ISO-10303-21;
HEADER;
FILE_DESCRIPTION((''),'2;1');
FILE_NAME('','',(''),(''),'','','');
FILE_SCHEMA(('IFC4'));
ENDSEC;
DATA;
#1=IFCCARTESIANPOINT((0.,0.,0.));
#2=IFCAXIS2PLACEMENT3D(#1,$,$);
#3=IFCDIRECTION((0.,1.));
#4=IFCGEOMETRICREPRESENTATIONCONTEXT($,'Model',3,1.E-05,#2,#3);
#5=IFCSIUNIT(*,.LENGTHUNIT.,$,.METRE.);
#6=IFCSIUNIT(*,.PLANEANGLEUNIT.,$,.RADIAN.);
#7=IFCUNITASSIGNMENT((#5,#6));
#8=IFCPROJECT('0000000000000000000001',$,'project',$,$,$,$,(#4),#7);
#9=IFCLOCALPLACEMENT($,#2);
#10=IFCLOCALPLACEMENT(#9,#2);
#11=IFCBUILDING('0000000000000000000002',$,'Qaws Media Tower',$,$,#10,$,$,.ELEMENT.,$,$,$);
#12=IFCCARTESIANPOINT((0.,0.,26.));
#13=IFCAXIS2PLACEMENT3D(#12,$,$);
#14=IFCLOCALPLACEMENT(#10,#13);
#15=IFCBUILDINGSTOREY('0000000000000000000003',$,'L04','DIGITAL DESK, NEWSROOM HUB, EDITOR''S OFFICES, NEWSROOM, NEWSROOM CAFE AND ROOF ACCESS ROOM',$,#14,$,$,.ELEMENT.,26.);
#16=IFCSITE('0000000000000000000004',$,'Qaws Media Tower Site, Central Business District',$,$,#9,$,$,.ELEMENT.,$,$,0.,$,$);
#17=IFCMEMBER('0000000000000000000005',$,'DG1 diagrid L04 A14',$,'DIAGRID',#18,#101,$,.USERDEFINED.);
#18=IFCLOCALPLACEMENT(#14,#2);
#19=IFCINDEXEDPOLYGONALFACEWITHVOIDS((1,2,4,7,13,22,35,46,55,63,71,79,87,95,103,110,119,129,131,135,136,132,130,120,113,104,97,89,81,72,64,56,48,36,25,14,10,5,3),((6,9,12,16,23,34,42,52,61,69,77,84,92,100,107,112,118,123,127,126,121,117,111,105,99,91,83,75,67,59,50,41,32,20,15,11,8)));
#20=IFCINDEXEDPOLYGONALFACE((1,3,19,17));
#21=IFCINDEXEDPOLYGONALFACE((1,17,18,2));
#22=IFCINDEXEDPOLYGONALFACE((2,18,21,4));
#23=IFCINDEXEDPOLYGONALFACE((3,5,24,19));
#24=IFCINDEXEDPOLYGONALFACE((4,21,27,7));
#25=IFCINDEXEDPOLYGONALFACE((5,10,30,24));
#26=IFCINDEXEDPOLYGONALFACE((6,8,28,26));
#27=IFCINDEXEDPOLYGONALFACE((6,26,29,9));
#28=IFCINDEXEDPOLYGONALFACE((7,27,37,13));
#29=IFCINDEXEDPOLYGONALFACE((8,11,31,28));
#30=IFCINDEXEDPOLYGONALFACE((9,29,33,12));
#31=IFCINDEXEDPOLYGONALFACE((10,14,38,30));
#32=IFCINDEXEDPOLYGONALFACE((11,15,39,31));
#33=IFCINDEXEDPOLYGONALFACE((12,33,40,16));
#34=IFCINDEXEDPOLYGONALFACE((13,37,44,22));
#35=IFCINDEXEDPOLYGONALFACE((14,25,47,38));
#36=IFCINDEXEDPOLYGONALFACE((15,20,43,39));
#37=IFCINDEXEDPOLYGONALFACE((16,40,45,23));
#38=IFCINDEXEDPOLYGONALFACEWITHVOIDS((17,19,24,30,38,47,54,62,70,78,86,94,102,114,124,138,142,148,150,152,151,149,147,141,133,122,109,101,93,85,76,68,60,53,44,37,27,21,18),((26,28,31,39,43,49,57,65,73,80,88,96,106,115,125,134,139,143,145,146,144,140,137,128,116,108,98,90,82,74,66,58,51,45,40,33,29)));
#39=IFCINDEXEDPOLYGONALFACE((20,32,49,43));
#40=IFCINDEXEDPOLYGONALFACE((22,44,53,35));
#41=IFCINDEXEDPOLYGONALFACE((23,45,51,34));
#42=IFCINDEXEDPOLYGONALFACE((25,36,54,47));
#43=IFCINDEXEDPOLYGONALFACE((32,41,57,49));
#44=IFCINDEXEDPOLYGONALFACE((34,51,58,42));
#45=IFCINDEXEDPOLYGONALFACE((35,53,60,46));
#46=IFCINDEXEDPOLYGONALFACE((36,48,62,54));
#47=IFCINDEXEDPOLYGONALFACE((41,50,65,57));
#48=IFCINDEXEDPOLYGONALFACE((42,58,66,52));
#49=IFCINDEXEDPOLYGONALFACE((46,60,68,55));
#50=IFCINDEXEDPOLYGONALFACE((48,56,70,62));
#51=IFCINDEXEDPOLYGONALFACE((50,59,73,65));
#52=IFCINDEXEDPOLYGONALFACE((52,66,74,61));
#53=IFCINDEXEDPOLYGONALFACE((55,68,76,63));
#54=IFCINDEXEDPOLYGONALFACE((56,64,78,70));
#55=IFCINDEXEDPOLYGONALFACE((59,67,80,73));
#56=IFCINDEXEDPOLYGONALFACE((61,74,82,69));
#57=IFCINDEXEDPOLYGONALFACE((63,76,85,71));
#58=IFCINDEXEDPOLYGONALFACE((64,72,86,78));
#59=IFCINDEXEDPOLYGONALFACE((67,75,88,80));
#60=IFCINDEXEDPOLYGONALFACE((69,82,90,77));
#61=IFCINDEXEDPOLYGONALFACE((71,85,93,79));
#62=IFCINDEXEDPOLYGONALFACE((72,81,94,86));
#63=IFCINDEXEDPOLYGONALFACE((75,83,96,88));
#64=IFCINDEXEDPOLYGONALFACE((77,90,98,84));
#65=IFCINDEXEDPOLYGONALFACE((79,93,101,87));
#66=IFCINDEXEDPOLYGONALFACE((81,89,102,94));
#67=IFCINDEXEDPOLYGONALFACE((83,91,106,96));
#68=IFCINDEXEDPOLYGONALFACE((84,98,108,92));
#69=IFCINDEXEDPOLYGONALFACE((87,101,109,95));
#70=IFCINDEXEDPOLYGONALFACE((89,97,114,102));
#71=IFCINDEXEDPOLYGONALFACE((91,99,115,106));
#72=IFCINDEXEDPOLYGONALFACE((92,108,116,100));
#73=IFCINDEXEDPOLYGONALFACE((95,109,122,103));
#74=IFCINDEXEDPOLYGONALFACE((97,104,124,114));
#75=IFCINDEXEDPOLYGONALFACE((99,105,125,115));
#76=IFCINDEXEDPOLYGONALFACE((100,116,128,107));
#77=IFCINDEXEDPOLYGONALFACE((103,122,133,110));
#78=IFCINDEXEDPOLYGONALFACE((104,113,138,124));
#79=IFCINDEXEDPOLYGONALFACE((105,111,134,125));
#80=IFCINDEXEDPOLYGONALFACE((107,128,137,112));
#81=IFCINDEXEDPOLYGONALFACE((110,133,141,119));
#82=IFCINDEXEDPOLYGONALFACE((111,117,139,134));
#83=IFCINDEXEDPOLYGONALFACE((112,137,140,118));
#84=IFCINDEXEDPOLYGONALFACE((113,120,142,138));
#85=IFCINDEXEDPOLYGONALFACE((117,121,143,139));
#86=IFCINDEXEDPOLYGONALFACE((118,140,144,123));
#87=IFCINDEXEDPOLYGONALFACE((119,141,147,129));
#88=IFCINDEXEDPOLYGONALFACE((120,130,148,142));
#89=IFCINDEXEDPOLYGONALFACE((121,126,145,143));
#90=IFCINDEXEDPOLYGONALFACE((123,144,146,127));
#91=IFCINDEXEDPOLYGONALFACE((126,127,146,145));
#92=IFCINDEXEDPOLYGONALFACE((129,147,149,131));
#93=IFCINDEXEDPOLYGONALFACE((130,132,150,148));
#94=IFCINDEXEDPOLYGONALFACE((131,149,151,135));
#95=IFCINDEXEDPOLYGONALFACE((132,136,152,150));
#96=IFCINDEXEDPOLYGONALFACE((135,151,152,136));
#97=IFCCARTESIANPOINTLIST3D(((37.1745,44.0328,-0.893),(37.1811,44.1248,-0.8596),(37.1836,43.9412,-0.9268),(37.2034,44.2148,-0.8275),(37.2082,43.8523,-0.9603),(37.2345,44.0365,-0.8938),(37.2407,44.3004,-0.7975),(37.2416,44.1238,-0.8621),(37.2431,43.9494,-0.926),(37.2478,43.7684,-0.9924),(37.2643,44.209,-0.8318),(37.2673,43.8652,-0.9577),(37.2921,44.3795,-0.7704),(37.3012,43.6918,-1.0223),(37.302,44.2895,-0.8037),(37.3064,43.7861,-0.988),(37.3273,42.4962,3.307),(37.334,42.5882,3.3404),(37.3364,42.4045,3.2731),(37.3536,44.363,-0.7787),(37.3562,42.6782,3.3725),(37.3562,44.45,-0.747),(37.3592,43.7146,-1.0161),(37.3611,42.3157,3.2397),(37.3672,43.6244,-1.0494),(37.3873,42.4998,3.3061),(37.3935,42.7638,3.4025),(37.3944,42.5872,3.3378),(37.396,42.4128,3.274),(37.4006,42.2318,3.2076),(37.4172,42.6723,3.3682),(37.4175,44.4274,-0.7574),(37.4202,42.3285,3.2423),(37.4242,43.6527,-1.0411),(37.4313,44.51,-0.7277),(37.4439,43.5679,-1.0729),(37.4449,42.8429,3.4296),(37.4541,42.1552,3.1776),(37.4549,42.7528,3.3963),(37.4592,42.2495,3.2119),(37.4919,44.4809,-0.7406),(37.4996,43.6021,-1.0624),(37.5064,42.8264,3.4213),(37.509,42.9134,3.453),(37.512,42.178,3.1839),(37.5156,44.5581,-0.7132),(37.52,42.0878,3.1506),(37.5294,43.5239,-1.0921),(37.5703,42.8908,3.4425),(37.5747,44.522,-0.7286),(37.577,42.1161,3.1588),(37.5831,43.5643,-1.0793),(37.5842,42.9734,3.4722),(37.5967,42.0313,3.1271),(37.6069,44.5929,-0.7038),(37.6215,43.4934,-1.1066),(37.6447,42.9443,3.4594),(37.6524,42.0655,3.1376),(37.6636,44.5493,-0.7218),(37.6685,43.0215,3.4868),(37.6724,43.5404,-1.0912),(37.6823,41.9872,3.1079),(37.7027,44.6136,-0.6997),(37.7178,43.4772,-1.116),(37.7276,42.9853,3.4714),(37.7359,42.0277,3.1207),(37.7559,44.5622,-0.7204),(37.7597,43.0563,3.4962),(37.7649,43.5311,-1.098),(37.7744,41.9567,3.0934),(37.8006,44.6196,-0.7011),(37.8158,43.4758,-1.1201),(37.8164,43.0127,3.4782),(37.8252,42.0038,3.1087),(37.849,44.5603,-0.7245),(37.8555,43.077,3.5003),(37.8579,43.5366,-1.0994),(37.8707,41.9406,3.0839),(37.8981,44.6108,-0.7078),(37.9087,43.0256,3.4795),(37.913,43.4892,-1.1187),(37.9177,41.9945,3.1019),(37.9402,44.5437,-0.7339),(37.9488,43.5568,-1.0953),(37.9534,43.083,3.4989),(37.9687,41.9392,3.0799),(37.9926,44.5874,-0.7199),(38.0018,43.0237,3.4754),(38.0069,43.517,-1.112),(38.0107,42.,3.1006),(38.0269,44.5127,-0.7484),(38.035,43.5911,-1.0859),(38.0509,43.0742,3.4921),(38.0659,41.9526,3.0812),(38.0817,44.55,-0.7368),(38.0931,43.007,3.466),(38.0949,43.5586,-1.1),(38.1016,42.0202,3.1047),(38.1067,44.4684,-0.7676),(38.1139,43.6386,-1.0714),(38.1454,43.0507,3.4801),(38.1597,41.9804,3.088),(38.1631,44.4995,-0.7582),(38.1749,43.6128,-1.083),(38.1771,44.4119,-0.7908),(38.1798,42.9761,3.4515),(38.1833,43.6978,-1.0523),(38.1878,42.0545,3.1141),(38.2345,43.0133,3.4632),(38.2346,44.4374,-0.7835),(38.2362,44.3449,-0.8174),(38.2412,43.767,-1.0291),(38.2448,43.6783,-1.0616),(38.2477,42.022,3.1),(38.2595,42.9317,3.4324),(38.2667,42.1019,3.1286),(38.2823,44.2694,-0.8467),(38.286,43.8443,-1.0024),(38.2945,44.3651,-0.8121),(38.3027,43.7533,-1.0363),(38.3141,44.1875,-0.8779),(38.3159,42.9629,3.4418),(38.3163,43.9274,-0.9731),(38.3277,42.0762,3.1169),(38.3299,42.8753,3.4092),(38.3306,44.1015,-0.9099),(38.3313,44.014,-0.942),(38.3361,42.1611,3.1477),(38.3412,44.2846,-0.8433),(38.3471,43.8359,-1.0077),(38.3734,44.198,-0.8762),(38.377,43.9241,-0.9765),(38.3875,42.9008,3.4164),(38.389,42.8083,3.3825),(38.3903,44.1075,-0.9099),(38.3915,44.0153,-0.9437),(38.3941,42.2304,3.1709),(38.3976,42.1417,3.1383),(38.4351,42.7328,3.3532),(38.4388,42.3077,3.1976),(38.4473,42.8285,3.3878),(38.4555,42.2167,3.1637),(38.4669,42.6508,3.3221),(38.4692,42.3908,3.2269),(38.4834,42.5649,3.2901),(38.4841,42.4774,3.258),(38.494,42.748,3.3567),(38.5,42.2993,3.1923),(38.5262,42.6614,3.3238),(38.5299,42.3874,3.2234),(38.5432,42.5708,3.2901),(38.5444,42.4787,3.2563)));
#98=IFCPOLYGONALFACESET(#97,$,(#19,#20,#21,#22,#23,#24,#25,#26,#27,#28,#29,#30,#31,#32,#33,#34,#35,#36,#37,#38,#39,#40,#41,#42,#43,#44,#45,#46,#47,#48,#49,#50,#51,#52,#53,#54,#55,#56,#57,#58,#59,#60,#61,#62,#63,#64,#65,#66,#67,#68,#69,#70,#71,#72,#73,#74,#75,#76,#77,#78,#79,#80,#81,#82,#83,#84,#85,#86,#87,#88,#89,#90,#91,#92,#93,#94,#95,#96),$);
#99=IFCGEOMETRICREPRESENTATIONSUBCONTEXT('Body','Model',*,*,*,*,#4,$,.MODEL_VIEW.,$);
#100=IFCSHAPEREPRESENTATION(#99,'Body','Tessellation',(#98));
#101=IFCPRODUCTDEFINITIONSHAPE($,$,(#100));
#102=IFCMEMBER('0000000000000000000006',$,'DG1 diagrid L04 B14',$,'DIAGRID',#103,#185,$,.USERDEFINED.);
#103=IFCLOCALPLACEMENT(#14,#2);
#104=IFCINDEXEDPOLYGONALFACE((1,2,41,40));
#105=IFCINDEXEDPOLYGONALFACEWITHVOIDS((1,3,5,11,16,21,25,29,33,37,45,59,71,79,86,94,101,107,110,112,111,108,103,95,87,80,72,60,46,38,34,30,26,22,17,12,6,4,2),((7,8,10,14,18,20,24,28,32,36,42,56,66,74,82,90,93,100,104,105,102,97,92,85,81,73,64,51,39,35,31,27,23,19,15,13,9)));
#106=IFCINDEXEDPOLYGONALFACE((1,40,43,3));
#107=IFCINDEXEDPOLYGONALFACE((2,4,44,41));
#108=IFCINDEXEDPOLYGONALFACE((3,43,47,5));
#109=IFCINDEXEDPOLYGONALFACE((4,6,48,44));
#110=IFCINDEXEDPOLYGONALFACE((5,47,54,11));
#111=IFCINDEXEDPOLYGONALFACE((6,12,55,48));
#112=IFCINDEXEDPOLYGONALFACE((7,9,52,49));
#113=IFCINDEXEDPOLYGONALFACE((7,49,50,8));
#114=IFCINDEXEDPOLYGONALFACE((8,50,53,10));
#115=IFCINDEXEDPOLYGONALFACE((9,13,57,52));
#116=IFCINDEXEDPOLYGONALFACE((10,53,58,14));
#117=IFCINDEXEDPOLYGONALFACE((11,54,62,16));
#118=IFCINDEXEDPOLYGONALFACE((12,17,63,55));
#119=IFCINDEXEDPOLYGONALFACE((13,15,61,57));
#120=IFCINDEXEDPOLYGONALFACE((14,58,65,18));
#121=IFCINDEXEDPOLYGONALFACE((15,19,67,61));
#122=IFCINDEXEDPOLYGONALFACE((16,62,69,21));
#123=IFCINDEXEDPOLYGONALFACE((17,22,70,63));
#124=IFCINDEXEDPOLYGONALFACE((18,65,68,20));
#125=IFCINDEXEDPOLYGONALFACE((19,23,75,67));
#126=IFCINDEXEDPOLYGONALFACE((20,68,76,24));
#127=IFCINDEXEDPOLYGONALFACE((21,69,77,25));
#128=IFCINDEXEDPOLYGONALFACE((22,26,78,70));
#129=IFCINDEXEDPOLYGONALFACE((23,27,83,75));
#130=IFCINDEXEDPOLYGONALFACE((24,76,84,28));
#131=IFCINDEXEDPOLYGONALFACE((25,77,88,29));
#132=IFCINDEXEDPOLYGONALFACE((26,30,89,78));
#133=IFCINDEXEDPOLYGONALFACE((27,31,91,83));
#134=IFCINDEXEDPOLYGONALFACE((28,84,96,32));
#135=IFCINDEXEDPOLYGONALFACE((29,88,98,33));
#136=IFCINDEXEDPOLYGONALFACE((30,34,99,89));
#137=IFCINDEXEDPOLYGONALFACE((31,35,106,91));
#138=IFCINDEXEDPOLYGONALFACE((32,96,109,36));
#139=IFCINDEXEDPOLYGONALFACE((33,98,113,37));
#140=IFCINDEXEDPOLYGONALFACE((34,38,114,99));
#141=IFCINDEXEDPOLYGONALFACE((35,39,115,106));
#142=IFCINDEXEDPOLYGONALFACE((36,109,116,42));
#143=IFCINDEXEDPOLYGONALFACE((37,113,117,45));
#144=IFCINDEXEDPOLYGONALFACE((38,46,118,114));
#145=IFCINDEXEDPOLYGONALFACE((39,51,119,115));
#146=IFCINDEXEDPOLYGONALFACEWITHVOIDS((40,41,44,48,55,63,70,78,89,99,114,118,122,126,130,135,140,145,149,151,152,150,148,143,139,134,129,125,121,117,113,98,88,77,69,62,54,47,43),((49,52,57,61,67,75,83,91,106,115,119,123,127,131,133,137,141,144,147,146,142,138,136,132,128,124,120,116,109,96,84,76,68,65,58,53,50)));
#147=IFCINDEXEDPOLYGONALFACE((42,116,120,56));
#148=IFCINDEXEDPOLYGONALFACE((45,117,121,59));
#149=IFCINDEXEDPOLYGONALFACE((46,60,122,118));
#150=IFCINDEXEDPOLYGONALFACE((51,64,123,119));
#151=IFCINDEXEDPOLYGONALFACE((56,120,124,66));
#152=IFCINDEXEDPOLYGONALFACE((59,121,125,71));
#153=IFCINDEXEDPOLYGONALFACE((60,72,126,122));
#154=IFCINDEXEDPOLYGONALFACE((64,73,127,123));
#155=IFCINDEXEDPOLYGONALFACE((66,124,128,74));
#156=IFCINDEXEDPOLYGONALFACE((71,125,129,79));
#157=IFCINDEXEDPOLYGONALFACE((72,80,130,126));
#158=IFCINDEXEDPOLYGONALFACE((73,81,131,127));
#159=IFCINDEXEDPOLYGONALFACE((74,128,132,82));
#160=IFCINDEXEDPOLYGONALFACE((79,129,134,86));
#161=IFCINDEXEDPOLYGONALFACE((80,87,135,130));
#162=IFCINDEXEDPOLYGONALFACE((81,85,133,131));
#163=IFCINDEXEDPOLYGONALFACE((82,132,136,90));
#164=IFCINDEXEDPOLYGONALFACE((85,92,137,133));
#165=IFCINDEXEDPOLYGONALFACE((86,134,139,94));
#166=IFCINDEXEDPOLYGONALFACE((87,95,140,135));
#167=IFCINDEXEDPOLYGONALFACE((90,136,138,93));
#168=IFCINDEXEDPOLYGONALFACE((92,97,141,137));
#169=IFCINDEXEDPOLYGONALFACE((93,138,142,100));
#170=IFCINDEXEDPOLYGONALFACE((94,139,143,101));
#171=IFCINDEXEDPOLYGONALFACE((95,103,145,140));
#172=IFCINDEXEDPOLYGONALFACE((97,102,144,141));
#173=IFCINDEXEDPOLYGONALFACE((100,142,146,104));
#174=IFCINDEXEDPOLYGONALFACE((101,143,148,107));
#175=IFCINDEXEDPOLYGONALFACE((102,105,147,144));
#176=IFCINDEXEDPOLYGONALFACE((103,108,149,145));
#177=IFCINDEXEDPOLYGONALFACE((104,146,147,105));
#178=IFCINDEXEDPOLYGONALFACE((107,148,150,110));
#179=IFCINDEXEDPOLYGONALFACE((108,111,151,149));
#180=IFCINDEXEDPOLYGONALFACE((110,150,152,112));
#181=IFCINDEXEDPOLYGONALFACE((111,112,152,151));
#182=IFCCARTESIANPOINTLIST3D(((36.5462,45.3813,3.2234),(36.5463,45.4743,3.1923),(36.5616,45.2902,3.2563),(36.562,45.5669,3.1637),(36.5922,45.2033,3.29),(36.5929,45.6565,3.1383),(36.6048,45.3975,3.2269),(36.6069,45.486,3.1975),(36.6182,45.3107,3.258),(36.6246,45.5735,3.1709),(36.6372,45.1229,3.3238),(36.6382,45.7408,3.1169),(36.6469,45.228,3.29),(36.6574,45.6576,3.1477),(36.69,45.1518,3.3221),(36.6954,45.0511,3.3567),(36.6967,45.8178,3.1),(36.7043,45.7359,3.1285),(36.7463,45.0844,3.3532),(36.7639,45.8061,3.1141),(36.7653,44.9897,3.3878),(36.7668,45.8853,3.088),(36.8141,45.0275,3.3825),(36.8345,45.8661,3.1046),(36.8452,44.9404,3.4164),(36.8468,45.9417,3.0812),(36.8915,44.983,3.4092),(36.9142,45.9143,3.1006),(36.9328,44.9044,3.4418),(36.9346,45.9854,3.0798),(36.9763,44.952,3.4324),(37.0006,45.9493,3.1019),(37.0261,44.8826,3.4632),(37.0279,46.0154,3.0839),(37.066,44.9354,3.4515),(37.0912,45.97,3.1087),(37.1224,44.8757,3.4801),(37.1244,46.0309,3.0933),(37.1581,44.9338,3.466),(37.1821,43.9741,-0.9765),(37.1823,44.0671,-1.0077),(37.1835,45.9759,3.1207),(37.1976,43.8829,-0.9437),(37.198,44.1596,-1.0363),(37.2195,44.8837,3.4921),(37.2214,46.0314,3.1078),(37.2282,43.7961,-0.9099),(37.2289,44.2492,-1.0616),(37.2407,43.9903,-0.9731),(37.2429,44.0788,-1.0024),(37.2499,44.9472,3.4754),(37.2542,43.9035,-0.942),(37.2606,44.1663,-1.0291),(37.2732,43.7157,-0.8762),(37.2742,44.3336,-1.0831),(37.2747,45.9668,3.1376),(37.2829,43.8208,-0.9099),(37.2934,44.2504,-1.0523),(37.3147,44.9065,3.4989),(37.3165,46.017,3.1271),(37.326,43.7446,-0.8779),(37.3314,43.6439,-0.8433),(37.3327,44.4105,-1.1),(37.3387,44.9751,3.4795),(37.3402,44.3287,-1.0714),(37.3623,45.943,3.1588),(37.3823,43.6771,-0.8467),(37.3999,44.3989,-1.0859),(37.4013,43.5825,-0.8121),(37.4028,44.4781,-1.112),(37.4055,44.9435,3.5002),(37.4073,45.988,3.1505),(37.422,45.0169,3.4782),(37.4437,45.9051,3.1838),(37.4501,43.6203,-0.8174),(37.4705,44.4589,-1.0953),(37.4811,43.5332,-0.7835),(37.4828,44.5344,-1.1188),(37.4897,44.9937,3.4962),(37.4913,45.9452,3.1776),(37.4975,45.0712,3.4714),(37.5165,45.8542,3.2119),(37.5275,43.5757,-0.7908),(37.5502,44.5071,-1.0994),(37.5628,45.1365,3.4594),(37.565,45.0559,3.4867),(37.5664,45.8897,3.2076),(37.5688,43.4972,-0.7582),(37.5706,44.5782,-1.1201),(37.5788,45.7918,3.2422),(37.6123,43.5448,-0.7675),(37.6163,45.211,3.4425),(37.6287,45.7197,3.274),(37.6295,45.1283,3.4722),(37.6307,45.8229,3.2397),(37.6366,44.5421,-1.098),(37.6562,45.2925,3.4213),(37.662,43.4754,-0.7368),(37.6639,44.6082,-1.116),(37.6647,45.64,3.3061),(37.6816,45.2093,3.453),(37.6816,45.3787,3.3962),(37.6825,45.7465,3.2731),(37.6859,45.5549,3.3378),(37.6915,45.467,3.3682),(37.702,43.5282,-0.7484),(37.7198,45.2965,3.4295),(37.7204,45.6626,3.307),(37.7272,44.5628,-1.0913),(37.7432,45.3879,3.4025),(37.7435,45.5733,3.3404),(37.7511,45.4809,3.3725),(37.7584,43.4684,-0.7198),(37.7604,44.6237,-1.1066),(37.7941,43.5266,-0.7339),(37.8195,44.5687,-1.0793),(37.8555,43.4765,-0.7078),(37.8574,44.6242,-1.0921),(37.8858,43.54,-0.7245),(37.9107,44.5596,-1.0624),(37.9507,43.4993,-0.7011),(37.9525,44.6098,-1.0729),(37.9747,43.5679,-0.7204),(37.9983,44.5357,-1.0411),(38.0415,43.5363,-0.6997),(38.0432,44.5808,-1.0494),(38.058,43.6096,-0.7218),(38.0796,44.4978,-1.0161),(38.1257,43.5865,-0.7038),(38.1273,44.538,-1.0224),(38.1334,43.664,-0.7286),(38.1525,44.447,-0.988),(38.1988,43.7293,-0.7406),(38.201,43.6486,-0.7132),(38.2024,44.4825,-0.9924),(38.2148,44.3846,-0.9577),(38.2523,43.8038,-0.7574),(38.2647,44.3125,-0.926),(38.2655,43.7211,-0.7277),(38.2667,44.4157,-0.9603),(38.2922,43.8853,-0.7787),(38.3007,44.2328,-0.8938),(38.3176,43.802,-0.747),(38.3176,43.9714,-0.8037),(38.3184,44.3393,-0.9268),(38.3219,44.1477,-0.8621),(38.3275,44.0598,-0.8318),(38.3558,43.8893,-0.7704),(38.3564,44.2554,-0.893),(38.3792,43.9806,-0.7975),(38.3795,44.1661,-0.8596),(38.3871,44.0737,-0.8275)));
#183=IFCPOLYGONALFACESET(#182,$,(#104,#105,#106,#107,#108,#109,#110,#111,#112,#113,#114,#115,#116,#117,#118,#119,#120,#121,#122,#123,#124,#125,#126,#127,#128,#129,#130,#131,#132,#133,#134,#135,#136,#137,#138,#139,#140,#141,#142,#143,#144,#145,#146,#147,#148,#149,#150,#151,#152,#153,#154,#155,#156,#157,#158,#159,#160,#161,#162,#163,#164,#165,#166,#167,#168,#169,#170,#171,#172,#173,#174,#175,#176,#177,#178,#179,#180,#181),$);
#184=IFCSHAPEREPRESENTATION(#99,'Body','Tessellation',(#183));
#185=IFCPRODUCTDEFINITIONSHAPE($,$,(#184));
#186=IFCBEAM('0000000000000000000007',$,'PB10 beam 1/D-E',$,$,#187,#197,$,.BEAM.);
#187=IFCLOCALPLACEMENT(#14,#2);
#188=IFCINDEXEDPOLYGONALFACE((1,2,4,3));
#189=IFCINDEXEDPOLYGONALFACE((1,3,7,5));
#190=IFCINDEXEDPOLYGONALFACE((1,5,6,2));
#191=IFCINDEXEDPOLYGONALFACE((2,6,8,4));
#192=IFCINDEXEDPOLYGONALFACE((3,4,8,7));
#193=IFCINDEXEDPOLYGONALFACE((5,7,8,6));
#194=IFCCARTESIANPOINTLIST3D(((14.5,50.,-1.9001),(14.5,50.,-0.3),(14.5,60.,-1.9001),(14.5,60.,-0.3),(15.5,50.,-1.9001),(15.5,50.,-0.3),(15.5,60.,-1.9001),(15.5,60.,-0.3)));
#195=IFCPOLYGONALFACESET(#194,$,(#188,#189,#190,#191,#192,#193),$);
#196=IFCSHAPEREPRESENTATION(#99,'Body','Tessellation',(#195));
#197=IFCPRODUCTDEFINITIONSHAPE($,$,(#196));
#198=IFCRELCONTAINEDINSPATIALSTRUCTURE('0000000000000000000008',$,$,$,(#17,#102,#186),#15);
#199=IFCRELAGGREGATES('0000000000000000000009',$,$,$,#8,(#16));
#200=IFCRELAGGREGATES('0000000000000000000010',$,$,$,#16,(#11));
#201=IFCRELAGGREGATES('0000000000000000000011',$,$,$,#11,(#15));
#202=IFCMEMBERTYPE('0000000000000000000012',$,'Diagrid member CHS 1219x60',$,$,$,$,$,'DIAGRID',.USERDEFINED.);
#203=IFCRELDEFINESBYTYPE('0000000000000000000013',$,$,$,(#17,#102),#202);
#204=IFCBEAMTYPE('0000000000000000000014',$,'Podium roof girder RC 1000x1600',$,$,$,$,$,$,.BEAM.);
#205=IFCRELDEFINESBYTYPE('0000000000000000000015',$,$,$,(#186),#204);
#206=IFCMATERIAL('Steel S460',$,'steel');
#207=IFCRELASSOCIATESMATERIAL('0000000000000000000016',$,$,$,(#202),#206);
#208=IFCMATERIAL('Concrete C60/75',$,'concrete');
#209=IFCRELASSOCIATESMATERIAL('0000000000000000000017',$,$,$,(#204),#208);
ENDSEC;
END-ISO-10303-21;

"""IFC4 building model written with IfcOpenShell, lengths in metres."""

from ifc_helpers import new_model, si_unit, direction, frame, origin, origin_2d, place, context, subcontext, project, spatial, rectangle, hollow_circle, extrude, material, material_profile, profile_set, type_object, element, save


model = new_model("IFC4")

# Units and contexts
model_context = context("Model", 3, precision=1e-05, world=origin(), true_north=direction((0.0, 1.0)))
body_context = subcontext(model_context, "Body", "Model", "MODEL_VIEW")
ifc_project = project(units=[si_unit("LENGTHUNIT", "METRE"), si_unit("PLANEANGLEUNIT", "RADIAN")], contexts=[model_context])

# Site, building, storey
site_placement = place(None, origin())
site = spatial("IfcSite", under=ifc_project, at=site_placement, Name="Qaws Media Tower Site, Central Business District", CompositionType="ELEMENT", RefElevation=0.0)
building_placement = place(site_placement, origin())
building = spatial("IfcBuilding", under=site, at=building_placement, Name="Qaws Media Tower", CompositionType="ELEMENT")
storey_placement = place(building_placement, frame((0.0, 0.0, 26.0)))
storey = spatial("IfcBuildingStorey", under=building, at=storey_placement, Name="L04", Description="DIGITAL DESK, NEWSROOM HUB, EDITOR'S OFFICES, NEWSROOM, NEWSROOM CAFE AND ROOF ACCESS ROOM", CompositionType="ELEMENT", Elevation=26.0)

# Members
ifc_material_1 = material(Name="Steel S460", Category="steel")
ifc_material_profile_1 = material_profile(ifc_material_1, hollow_circle(Radius=0.6096, WallThickness=0.0601, at=origin_2d()), Name="CHS 1219x60")
ifc_profile_set_1 = profile_set([ifc_material_profile_1], Name="Steel S460")
member_type = type_object("IfcMemberType", Name="Diagrid member CHS 1219x60", ElementType="DIAGRID", PredefinedType="USERDEFINED", material=ifc_profile_set_1)
for number, where, z_axis, x_axis, name in (
    (1, (37.7837, 44.0471, -0.9099), (0.034154, -0.343392, 0.938571), (0.99509, 0.098971, 0.0), "DG1 diagrid L04 A14"),
    (2, (37.7837, 44.0471, -0.9099), (-0.142124, 0.314474, 0.938566), (-0.911258, -0.411837, 0.0), "DG1 diagrid L04 B14"),
):
    element("IfcMember", number, at=place(storey_placement, frame(where, z_axis=z_axis, x_axis=x_axis)), inside=storey, type_object=member_type, Name=name, ObjectType="DIAGRID", PredefinedType="USERDEFINED", context=body_context, shape_type="SweptSolid", body=[
        extrude(hollow_circle(Radius=0.6096, WallThickness=0.0601, at=origin_2d()), origin(), (0.0, 0.0, 1.0), 4.4749),
    ])

# Beam
ifc_material_2 = material(Name="Concrete C60/75", Category="concrete")
ifc_material_profile_2 = material_profile(ifc_material_2, rectangle(XDim=1.0, YDim=1.6001, at=origin_2d()), Name="RC 1000x1600")
ifc_profile_set_2 = profile_set([ifc_material_profile_2], Name="Concrete C60/75")
beam_type_1 = type_object("IfcBeamType", Name="Podium roof girder RC 1000x1600", PredefinedType="BEAM", material=ifc_profile_set_2)
for number, where, z_axis, x_axis, name in (
    (3, (15.0, 50.0, -1.1001), (0.0, 1.0, 0.0), (-1.0, 0.0, 0.0), "PB10 beam 1/D-E"),
):
    element("IfcBeam", number, at=place(storey_placement, frame(where, z_axis=z_axis, x_axis=x_axis)), inside=storey, type_object=beam_type_1, Name=name, PredefinedType="BEAM", context=body_context, shape_type="SweptSolid", body=[
        extrude(rectangle(XDim=1.0, YDim=1.6001, at=origin_2d()), origin(), (0.0, 0.0, 1.0), 10.0),
    ])

save(model, "model.ifc")
